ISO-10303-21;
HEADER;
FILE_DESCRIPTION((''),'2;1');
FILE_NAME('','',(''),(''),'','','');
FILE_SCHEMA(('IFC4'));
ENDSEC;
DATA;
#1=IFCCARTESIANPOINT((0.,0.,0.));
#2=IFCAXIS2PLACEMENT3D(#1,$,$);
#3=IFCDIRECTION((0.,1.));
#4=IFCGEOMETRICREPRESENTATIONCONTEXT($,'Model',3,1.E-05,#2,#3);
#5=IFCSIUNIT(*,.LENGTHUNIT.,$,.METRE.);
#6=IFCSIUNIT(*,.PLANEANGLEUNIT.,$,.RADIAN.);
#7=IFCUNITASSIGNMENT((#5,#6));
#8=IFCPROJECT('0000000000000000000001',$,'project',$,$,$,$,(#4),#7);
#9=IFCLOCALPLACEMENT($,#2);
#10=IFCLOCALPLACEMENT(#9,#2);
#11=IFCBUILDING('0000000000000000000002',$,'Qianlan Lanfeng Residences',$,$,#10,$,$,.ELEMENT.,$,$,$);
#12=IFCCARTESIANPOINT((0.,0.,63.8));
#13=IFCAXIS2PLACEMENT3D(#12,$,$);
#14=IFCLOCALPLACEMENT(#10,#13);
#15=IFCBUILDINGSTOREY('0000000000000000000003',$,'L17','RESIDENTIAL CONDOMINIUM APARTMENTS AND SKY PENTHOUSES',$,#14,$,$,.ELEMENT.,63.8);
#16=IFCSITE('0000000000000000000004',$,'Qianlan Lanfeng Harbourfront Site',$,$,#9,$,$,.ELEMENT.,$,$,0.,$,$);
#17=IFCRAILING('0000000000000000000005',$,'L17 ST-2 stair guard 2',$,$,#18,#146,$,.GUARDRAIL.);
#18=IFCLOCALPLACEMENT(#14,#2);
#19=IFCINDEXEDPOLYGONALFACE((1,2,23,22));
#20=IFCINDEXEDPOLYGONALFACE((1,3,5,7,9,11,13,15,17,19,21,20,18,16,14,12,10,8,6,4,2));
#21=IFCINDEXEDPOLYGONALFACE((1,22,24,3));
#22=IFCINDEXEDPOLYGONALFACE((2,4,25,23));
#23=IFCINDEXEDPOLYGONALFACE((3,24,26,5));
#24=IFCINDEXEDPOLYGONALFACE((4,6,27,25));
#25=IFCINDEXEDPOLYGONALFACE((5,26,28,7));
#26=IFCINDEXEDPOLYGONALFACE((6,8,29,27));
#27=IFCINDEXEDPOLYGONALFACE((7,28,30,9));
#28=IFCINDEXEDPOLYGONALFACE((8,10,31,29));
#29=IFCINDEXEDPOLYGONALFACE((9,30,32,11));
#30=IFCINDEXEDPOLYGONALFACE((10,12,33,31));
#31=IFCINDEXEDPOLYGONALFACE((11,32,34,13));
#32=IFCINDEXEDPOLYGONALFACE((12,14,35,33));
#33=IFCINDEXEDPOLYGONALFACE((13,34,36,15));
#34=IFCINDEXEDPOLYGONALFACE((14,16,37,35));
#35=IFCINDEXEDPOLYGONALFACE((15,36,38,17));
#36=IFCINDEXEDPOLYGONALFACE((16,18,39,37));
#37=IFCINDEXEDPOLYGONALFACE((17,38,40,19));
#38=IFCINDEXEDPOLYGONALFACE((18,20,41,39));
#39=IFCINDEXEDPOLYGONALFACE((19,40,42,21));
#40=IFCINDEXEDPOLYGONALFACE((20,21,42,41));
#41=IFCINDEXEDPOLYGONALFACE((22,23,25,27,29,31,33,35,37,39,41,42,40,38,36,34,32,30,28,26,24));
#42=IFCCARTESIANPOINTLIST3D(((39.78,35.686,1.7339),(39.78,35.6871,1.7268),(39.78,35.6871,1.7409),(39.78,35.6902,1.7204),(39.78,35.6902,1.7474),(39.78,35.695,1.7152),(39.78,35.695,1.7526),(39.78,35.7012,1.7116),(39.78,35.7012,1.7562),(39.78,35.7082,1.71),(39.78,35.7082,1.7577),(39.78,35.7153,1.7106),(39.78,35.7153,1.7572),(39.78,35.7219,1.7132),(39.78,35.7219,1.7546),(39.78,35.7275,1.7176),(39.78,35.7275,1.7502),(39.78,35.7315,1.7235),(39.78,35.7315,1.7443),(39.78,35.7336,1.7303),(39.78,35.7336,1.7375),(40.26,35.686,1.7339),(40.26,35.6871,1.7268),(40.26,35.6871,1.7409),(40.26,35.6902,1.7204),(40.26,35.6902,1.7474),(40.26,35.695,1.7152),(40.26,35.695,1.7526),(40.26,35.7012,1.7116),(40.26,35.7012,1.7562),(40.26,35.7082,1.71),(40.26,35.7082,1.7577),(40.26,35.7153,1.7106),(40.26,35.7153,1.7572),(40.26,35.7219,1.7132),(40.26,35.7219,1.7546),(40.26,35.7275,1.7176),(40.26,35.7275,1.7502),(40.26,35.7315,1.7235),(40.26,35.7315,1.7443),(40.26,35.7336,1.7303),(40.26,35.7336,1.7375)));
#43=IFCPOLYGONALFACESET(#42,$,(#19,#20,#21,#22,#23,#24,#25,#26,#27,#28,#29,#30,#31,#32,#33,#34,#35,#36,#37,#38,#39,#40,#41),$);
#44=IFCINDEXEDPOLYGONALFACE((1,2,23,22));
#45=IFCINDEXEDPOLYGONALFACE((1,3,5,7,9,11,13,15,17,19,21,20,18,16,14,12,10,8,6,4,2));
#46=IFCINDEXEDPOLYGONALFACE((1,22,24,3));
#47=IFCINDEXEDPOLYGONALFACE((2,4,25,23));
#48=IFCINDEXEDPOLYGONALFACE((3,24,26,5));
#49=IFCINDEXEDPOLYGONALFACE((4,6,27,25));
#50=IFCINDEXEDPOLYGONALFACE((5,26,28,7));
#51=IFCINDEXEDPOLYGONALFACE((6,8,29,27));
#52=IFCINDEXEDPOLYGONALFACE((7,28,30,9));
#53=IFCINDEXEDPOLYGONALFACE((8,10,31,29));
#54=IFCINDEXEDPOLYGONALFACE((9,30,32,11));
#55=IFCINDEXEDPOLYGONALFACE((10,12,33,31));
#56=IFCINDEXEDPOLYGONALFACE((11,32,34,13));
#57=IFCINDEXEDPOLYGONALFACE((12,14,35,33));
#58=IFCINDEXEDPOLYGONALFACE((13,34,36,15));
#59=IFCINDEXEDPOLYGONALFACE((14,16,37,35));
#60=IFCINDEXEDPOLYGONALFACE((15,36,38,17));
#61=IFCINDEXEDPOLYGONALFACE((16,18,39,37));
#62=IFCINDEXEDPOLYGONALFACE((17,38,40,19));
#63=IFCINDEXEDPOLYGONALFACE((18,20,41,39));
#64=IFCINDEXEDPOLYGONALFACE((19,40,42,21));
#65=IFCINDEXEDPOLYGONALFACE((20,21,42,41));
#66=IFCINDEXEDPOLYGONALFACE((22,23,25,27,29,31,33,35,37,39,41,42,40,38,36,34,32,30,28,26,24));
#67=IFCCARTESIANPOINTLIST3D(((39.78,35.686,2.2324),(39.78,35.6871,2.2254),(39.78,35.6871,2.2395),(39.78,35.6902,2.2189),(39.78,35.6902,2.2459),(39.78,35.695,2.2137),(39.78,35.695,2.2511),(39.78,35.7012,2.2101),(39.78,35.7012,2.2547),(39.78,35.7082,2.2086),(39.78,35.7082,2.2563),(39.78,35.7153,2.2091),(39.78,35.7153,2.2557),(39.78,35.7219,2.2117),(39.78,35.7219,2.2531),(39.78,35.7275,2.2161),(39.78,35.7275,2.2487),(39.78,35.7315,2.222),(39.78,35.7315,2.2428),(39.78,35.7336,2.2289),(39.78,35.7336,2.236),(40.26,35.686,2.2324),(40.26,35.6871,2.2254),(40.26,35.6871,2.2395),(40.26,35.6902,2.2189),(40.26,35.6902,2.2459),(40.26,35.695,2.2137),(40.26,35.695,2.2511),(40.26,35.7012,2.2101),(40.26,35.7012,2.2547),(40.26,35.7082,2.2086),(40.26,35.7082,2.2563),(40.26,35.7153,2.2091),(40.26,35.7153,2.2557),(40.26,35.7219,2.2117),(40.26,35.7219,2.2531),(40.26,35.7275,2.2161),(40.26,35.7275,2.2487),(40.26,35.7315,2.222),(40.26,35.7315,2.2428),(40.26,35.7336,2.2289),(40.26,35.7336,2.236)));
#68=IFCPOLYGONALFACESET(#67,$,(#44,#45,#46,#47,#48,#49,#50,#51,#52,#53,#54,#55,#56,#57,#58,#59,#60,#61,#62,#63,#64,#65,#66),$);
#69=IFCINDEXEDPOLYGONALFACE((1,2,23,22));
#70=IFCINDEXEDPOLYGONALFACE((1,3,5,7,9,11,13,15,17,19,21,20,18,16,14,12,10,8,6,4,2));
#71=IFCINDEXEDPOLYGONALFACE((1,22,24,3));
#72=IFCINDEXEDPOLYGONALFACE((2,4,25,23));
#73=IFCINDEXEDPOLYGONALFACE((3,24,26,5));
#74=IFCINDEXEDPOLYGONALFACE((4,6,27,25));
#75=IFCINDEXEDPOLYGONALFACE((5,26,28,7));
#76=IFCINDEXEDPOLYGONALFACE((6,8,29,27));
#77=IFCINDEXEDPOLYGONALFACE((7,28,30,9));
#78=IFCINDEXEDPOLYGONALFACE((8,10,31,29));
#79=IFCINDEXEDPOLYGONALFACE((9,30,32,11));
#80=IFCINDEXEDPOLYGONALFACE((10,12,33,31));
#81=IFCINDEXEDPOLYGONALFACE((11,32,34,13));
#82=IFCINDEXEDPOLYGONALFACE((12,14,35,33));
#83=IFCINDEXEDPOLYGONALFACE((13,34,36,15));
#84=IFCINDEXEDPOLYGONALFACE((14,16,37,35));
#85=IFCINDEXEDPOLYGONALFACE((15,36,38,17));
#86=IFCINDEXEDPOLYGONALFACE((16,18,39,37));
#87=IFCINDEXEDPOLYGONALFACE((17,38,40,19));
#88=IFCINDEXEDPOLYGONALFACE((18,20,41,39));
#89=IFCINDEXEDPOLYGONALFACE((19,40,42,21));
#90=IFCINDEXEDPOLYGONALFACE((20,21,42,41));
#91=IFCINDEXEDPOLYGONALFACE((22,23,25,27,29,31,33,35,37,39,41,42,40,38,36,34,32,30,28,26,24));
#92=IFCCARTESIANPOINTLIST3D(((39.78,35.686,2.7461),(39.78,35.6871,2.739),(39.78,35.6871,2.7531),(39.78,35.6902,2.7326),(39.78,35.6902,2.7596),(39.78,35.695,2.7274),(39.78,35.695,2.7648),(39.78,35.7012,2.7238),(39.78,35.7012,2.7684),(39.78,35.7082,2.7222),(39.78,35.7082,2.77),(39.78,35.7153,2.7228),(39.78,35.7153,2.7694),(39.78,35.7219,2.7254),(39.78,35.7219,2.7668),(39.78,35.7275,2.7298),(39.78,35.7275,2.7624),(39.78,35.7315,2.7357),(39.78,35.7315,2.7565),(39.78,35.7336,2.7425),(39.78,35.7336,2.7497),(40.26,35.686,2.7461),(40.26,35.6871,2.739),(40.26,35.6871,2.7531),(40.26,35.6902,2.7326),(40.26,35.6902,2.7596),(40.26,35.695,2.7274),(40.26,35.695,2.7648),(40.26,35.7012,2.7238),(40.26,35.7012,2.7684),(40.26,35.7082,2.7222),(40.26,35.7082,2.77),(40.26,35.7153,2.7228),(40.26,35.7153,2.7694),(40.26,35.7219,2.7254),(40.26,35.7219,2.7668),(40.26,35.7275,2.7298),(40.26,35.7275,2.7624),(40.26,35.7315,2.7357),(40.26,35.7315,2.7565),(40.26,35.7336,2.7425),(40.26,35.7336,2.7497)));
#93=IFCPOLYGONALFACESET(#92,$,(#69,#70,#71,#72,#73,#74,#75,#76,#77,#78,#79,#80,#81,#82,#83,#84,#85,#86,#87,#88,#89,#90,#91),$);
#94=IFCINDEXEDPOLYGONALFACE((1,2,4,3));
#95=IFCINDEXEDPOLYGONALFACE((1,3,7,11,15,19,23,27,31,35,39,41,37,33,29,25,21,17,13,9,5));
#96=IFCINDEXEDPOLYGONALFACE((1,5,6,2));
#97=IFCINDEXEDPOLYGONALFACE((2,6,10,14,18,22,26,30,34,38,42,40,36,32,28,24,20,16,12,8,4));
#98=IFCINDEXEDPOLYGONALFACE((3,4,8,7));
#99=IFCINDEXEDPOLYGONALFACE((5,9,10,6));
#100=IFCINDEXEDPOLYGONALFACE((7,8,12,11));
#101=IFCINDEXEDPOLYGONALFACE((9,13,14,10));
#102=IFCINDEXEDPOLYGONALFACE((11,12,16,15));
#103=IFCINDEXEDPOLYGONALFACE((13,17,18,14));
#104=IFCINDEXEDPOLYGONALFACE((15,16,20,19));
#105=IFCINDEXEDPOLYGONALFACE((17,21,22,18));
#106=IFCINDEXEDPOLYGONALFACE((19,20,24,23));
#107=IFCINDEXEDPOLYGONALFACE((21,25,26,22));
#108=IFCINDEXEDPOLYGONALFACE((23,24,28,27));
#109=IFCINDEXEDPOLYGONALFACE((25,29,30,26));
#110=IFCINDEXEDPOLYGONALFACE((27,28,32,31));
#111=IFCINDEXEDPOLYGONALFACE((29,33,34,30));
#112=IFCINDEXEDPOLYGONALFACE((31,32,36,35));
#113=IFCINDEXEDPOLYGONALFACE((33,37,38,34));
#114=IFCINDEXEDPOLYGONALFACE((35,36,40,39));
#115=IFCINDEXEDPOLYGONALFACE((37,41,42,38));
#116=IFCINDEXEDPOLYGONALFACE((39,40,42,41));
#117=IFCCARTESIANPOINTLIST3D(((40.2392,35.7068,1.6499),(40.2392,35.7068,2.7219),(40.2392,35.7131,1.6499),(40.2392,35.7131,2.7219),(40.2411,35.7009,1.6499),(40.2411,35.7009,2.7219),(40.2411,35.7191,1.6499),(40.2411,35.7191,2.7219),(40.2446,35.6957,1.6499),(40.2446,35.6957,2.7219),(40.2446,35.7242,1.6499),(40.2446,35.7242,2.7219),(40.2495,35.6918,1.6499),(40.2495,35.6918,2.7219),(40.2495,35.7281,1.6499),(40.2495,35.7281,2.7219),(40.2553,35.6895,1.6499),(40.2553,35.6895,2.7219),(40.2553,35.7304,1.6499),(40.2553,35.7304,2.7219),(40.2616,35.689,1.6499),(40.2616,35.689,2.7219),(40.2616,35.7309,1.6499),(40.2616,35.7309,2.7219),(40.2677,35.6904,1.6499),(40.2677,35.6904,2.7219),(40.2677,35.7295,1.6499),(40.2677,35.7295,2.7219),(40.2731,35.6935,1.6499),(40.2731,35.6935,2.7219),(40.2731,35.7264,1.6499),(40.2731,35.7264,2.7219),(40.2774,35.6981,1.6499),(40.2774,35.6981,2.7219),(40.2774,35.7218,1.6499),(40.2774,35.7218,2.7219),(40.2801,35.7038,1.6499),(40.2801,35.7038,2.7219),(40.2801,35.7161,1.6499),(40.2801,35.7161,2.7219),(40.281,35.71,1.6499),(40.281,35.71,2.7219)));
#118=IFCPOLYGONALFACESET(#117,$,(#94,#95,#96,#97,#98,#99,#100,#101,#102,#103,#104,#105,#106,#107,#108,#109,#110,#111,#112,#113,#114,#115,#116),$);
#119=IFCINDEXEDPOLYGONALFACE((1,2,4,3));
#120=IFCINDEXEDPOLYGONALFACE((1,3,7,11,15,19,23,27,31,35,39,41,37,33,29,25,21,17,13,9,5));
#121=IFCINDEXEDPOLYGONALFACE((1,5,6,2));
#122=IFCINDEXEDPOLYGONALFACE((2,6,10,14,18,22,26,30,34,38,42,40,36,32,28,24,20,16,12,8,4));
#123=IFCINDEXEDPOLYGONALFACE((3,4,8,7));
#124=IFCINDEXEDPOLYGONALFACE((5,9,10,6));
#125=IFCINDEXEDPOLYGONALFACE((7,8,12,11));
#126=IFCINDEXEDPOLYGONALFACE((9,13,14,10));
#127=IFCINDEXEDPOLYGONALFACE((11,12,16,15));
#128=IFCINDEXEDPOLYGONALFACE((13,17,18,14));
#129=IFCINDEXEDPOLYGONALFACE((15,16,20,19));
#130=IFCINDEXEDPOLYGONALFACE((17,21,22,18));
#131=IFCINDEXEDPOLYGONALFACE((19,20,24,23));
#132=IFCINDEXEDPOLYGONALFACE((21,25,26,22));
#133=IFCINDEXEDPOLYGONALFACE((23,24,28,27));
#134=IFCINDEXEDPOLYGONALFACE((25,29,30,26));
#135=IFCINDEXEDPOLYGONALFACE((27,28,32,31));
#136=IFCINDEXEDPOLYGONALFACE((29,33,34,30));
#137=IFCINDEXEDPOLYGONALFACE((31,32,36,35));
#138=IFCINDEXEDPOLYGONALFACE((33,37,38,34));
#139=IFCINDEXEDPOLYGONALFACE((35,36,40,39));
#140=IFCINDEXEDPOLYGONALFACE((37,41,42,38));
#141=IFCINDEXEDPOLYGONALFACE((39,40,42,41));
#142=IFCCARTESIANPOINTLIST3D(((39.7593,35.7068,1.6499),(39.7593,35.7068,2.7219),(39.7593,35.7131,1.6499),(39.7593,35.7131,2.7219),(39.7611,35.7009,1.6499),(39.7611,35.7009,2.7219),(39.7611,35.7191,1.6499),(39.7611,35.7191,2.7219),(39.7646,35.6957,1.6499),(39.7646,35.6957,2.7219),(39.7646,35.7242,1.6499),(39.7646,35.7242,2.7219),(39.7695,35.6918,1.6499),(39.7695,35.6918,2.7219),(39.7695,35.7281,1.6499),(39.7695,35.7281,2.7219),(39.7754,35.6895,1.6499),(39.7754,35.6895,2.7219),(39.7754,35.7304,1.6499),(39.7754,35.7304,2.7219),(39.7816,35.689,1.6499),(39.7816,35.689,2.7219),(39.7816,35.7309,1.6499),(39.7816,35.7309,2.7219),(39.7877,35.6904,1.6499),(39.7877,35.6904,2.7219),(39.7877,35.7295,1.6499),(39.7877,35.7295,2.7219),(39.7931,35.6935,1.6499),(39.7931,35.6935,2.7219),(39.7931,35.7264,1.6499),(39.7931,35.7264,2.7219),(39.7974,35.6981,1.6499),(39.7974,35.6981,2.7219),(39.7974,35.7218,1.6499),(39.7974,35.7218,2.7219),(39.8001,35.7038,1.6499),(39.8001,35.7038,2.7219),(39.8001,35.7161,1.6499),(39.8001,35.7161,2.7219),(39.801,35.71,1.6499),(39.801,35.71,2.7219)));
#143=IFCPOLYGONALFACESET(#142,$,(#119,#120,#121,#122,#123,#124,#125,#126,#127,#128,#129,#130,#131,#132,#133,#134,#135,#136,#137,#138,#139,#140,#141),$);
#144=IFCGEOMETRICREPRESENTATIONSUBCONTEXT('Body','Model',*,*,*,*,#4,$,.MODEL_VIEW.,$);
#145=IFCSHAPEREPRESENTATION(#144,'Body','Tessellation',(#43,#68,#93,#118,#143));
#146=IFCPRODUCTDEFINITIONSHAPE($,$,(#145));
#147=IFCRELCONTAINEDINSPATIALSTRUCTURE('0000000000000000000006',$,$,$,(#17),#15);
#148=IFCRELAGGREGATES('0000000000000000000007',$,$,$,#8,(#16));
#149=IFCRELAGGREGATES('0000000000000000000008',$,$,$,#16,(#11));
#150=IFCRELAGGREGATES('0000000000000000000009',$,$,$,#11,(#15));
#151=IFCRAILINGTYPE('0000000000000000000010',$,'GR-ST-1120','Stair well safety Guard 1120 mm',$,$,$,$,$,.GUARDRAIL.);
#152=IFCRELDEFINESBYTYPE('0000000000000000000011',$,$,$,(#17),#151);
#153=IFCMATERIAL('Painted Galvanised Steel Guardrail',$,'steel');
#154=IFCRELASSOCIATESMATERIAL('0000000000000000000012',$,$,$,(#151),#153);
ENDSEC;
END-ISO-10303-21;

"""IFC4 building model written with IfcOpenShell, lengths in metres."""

from ifc_helpers import new_model, si_unit, direction, frame, origin, origin_2d, place, context, subcontext, project, spatial, circle, extrude, material, type_object, element, save


model = new_model("IFC4")

# Units and contexts
model_context = context("Model", 3, precision=1e-05, world=origin(), true_north=direction((0.0, 1.0)))
body_context = subcontext(model_context, "Body", "Model", "MODEL_VIEW")
ifc_project = project(units=[si_unit("LENGTHUNIT", "METRE"), si_unit("PLANEANGLEUNIT", "RADIAN")], contexts=[model_context])

# Site, building, storey
site_placement = place(None, origin())
site = spatial("IfcSite", under=ifc_project, at=site_placement, Name="Qianlan Lanfeng Harbourfront Site", CompositionType="ELEMENT", RefElevation=0.0)
building_placement = place(site_placement, origin())
building = spatial("IfcBuilding", under=site, at=building_placement, Name="Qianlan Lanfeng Residences", CompositionType="ELEMENT")
storey_placement = place(building_placement, frame((0.0, 0.0, 63.8)))
storey = spatial("IfcBuildingStorey", under=building, at=storey_placement, Name="L17", Description="RESIDENTIAL CONDOMINIUM APARTMENTS AND SKY PENTHOUSES", CompositionType="ELEMENT", Elevation=63.8)

# Railing
ifc_material_1 = material(Name="Painted Galvanised Steel Guardrail", Category="steel")
railing_type_1 = type_object("IfcRailingType", Name="GR-ST-1120", Description="Stair well safety Guard 1120 mm", PredefinedType="GUARDRAIL", material=ifc_material_1)
railing_1_placement = place(storey_placement, frame((40.26, 35.71, 1.6499)))
element("IfcRailing", 1, at=railing_1_placement, inside=storey, type_object=railing_type_1, Name="L17 ST-2 stair guard 2", PredefinedType="GUARDRAIL", context=body_context, shape_type="SweptSolid", body=[
    extrude(circle(Radius=0.0239, at=origin_2d()), frame((0.0, 0.0, 0.084), z_axis=(-1.0, 0.0, 0.0), x_axis=(0.0, -1.0, 0.0)), (0.0, 0.0, 1.0), 0.48),
    extrude(circle(Radius=0.0239, at=origin_2d()), frame((0.0, 0.0, 0.5825), z_axis=(-1.0, 0.0, 0.0), x_axis=(0.0, -1.0, 0.0)), (0.0, 0.0, 1.0), 0.48),
    extrude(circle(Radius=0.0239, at=origin_2d()), frame((0.0, 0.0, 1.0962), z_axis=(-1.0, 0.0, 0.0), x_axis=(0.0, -1.0, 0.0)), (0.0, 0.0, 1.0), 0.48),
    extrude(circle(Radius=0.021, at=origin_2d()), origin(), (0.0, 0.0, 1.0), 1.072),
    extrude(circle(Radius=0.021, at=origin_2d()), frame((-0.48, 0.0, 0.0)), (0.0, 0.0, 1.0), 1.072),
])

save(model, "model.ifc")
